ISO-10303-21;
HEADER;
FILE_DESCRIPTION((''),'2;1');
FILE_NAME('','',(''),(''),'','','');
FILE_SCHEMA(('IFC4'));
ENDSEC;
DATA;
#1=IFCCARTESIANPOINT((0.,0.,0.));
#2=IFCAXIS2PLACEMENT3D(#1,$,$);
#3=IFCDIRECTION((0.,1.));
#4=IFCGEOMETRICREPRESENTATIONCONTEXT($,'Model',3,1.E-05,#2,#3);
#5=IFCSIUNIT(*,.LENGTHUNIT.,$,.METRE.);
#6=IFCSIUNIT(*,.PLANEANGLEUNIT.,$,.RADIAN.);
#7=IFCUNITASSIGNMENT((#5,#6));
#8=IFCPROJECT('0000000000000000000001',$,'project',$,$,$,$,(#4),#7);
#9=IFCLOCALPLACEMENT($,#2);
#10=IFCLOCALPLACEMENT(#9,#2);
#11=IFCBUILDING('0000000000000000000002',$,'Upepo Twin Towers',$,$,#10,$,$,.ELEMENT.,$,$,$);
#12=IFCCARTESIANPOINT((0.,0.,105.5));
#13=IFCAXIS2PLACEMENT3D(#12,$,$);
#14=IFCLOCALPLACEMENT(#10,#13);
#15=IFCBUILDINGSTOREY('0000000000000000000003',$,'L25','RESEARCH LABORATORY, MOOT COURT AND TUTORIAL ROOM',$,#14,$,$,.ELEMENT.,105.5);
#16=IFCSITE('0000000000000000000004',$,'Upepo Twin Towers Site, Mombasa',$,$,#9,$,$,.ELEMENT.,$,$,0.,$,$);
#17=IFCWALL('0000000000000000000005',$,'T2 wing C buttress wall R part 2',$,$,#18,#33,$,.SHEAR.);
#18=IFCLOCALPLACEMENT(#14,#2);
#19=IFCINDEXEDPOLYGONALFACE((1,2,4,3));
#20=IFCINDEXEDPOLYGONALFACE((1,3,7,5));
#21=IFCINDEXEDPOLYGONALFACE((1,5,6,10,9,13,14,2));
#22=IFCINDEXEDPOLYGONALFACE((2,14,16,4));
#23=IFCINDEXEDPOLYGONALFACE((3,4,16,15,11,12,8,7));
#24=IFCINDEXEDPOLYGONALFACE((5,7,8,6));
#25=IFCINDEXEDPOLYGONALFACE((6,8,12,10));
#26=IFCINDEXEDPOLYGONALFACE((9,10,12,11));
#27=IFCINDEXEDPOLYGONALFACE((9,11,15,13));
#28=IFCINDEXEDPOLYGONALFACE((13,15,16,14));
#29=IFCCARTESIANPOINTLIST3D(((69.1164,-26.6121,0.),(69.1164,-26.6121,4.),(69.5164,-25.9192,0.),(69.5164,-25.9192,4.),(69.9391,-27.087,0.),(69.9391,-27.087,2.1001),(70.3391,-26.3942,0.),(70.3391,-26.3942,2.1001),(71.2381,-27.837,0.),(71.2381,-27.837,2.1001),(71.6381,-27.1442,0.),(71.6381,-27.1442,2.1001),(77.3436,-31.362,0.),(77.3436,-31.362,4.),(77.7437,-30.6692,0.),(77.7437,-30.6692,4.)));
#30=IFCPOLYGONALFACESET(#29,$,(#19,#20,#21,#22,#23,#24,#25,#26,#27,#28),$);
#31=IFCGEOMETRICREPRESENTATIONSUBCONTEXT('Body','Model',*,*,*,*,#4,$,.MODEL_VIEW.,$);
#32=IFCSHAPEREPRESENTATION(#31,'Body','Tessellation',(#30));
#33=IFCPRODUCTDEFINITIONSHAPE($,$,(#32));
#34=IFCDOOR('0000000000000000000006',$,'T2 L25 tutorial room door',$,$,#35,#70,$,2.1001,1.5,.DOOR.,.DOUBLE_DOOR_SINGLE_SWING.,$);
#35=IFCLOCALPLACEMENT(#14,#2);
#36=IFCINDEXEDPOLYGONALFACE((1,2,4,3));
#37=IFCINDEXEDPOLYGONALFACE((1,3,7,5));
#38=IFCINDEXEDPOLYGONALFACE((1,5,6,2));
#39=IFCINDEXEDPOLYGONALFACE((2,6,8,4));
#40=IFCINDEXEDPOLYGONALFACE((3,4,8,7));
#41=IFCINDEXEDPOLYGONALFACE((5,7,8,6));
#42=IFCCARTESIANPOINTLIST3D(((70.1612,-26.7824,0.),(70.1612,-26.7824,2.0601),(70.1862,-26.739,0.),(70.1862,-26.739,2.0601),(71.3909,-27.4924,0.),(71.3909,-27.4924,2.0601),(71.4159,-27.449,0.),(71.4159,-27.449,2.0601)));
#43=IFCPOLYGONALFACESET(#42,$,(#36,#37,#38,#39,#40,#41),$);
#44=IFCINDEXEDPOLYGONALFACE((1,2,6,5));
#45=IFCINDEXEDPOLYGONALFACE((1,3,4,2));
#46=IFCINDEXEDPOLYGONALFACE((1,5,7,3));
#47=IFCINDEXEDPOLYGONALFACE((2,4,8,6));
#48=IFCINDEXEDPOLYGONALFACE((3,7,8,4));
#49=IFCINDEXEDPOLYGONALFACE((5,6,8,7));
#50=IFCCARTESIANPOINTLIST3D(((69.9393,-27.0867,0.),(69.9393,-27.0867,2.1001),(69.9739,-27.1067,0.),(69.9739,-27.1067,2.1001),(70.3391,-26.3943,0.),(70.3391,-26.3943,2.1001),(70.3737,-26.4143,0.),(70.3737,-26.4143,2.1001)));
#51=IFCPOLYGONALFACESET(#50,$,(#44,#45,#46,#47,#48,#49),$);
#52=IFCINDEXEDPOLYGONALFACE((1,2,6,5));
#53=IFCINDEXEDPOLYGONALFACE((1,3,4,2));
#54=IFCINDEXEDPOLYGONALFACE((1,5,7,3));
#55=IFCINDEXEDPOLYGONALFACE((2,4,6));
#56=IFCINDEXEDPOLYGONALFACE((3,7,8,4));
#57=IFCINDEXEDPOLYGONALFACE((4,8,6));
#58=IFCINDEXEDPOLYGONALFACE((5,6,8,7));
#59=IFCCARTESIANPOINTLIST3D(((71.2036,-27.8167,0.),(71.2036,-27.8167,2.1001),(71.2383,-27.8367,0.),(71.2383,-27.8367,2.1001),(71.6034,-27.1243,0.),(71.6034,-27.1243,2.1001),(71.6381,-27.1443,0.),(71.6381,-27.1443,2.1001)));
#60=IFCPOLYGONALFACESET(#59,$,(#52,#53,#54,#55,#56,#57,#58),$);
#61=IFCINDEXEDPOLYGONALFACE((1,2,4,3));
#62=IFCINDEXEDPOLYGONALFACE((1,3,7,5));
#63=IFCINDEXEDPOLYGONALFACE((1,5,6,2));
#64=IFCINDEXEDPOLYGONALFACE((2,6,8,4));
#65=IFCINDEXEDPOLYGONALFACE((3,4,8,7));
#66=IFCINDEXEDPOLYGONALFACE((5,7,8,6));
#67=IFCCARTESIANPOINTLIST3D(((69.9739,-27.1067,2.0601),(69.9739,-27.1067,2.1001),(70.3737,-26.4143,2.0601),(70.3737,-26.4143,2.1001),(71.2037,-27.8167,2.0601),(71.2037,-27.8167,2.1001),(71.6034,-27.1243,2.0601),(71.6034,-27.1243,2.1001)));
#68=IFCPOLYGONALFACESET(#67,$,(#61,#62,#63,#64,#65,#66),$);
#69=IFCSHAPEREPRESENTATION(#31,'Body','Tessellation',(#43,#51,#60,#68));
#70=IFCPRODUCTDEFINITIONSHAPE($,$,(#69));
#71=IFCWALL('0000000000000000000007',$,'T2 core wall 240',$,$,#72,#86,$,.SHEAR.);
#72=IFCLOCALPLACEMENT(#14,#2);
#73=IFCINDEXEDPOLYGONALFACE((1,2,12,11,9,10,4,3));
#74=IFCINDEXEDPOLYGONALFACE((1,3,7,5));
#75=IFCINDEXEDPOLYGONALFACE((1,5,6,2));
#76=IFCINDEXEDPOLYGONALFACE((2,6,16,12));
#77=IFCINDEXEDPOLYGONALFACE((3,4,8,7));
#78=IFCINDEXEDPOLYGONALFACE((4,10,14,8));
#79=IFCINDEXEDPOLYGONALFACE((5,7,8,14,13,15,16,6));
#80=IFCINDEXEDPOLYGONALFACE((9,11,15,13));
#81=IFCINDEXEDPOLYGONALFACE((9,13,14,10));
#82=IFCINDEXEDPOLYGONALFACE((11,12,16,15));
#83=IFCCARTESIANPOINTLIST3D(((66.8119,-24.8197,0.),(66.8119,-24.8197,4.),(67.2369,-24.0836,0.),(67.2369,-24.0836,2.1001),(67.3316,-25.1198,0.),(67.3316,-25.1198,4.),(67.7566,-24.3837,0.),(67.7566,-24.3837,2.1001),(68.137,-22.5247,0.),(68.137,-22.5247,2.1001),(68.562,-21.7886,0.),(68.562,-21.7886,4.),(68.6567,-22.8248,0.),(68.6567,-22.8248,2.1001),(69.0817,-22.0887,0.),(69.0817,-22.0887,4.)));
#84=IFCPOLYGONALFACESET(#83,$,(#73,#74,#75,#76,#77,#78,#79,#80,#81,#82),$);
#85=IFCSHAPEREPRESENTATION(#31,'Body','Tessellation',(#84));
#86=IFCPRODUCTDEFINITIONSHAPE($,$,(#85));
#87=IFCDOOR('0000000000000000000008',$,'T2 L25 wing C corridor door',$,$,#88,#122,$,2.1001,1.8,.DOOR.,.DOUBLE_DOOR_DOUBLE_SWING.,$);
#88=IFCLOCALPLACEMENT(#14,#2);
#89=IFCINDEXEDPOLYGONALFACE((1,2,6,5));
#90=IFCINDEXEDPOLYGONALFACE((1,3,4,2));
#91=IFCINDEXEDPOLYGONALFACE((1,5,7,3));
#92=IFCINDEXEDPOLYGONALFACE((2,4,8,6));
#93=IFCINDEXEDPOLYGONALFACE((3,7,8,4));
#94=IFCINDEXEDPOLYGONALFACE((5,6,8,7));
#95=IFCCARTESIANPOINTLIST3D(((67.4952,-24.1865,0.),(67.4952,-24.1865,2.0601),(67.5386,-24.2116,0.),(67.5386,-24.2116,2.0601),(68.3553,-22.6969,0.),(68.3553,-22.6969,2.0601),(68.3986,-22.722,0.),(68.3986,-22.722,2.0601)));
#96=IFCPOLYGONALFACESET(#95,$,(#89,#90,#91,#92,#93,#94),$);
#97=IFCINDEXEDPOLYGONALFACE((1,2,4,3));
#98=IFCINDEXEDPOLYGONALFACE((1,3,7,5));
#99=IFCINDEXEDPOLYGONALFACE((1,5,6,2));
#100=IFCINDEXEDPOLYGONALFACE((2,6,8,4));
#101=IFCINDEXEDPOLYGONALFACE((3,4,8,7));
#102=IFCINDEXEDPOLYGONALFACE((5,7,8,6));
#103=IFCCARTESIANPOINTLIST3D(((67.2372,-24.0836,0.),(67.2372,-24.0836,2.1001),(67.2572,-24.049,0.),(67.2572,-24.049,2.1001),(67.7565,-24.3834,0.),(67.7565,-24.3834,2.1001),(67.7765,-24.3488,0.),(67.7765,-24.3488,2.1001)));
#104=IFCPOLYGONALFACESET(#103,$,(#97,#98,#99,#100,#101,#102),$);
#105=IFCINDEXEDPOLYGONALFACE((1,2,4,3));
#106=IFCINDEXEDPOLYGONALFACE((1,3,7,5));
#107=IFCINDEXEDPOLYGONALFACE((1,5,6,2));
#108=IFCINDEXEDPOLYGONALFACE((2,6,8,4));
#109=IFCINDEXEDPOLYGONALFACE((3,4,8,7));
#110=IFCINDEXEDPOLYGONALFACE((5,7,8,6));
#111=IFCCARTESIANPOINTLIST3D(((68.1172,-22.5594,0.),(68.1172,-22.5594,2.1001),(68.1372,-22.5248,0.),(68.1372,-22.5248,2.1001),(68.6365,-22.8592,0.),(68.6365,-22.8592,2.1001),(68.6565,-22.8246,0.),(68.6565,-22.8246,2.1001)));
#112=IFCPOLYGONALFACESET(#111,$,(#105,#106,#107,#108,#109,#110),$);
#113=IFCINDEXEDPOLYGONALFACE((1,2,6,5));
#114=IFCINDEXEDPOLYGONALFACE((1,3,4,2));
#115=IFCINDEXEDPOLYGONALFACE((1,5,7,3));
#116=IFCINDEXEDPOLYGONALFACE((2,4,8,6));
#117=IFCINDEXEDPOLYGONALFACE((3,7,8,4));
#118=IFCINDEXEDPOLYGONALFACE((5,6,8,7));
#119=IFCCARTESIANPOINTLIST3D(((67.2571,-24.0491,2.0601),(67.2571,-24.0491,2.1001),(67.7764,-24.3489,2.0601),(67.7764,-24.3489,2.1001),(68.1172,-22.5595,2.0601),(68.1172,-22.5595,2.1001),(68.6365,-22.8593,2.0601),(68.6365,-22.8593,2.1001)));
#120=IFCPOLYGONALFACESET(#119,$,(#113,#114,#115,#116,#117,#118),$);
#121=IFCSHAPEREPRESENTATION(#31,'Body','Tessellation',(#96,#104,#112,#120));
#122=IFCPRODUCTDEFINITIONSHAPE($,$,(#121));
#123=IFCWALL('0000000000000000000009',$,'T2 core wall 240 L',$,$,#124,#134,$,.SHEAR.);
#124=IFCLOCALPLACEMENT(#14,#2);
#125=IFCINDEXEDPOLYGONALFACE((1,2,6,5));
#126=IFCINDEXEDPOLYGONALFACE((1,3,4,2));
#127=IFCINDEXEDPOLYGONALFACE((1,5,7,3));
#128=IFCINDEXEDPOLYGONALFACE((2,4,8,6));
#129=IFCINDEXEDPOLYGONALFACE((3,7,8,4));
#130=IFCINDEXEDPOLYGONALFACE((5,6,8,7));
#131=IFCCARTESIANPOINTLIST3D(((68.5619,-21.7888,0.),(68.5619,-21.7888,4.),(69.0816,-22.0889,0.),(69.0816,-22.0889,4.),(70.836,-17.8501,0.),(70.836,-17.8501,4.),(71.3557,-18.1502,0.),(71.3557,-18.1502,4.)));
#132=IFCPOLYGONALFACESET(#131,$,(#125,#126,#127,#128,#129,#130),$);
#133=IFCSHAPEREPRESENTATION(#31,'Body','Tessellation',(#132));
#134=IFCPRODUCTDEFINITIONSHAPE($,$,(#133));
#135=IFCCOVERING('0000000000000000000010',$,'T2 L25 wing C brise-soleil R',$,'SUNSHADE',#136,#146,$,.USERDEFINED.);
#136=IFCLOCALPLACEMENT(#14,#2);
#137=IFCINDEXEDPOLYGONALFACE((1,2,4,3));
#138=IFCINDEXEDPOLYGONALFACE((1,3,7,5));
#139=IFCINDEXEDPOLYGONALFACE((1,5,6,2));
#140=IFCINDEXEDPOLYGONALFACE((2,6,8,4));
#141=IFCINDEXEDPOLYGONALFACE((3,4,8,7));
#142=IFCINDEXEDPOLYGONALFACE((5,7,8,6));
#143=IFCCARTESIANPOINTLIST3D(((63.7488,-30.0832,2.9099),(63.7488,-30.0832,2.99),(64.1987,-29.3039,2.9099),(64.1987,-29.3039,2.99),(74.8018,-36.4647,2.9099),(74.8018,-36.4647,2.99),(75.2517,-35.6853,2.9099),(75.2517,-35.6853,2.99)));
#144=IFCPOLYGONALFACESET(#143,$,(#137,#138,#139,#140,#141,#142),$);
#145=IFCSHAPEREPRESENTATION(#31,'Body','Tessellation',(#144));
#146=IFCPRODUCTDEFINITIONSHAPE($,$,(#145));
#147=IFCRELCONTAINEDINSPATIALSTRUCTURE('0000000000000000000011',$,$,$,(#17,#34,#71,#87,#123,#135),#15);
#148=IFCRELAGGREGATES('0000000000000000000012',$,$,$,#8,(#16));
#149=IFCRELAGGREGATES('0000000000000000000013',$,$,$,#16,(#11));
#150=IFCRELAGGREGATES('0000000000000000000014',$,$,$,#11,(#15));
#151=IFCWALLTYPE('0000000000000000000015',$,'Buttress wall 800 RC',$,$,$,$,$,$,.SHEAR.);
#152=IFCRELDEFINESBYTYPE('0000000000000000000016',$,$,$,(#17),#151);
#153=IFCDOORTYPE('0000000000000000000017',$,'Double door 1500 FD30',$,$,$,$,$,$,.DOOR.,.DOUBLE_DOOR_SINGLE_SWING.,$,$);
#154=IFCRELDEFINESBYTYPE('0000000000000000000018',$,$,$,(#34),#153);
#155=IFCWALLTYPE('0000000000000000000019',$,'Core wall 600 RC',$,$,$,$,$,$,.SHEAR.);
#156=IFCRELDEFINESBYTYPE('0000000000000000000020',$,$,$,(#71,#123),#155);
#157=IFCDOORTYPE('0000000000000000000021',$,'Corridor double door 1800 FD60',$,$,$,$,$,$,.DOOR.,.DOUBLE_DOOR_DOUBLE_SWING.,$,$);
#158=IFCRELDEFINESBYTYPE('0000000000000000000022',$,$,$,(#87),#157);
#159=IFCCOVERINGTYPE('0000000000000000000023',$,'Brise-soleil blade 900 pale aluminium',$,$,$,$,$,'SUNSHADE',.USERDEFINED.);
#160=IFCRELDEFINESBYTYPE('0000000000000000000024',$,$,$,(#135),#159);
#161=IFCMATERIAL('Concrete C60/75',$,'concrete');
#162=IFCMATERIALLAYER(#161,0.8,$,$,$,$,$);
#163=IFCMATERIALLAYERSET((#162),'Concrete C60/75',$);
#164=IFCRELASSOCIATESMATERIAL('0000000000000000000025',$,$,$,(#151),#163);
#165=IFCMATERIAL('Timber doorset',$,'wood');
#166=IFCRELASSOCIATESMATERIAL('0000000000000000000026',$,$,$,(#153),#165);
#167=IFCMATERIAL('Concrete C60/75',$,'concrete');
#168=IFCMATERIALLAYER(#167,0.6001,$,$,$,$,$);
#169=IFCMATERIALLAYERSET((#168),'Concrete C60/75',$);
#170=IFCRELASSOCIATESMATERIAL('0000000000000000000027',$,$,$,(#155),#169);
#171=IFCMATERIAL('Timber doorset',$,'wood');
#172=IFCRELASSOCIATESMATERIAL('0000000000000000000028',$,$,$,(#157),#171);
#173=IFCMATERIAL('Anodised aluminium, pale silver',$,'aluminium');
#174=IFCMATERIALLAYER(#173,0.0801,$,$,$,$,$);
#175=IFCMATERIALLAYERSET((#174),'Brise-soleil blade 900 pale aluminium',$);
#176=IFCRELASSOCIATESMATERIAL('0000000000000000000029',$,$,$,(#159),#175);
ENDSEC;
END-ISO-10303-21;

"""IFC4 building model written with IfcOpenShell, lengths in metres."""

from ifc_helpers import new_model, si_unit, direction, frame, frame_2d, origin, origin_2d, place, context, subcontext, project, spatial, rectangle, extrude, material, layer, layer_set, type_object, element, fill, save


model = new_model("IFC4")

# Units and contexts
model_context = context("Model", 3, precision=1e-05, world=origin(), true_north=direction((0.0, 1.0)))
body_context = subcontext(model_context, "Body", "Model", "MODEL_VIEW")
ifc_project = project(units=[si_unit("LENGTHUNIT", "METRE"), si_unit("PLANEANGLEUNIT", "RADIAN")], contexts=[model_context])

# Site, building, storey
site_placement = place(None, origin())
site = spatial("IfcSite", under=ifc_project, at=site_placement, Name="Upepo Twin Towers Site, Mombasa", CompositionType="ELEMENT", RefElevation=0.0)
building_placement = place(site_placement, origin())
building = spatial("IfcBuilding", under=site, at=building_placement, Name="Upepo Twin Towers", CompositionType="ELEMENT")
storey_placement = place(building_placement, frame((0.0, 0.0, 105.5)))
storey = spatial("IfcBuildingStorey", under=building, at=storey_placement, Name="L25", Description="RESEARCH LABORATORY, MOOT COURT AND TUTORIAL ROOM", CompositionType="ELEMENT", Elevation=105.5)

# Walls, openings, doors
ifc_material_1 = material(Name="Concrete C60/75", Category="concrete")
ifc_layer_1 = layer(ifc_material_1, 0.8)
ifc_layer_set_1 = layer_set([ifc_layer_1], Name="Concrete C60/75")
wall_type_1 = type_object("IfcWallType", Name="Buttress wall 800 RC", PredefinedType="SHEAR", material=ifc_layer_set_1)
ifc_material_2 = material(Name="Timber doorset", Category="wood")
door_type_1 = type_object("IfcDoorType", Name="Double door 1500 FD30", OperationType="DOUBLE_DOOR_SINGLE_SWING", PredefinedType="DOOR", material=ifc_material_2)
wall_1_placement = place(storey_placement, frame((69.3164, -26.2656, 0.0), z_axis=(0.0, 0.0, 1.0), x_axis=(0.866027, -0.499998, 0.0)))
wall_1 = element("IfcWall", 1, at=wall_1_placement, inside=storey, type_object=wall_type_1, Name="T2 wing C buttress wall R part 2", PredefinedType="SHEAR", context=body_context, shape_type="SweptSolid", body=[
    extrude(rectangle(XDim=9.5, YDim=0.8, at=frame_2d((4.75, 0.0))), origin(), (0.0, 0.0, 1.0), 4.0),
])
opening_1_placement = place(wall_1_placement, frame((0.95, 0.0, 0.0)))
opening_1 = element("IfcOpeningElement", 2, at=opening_1_placement, cuts=wall_1, PredefinedType="OPENING", context=body_context, shape_type="SweptSolid", body=[
    extrude(rectangle(XDim=1.5, YDim=2.1001, at=frame_2d((0.75, 1.05))), frame((0.0, 0.4099, 0.0), z_axis=(0.0, -1.0, 0.0), x_axis=(1.0, 0.0, 0.0)), (0.0, 0.0, 1.0), 0.8201),
])
door_1_placement = place(opening_1_placement, origin())
door_1 = element("IfcDoor", 3, at=door_1_placement, inside=storey, type_object=door_type_1, Name="T2 L25 tutorial room door", OperationType="DOUBLE_DOOR_SINGLE_SWING", OverallHeight=2.1001, OverallWidth=1.5, PredefinedType="DOOR", context=body_context, shape_type="SweptSolid", body=[
    extrude(rectangle(XDim=1.42, YDim=2.0601, at=frame_2d((0.75, 1.03))), frame((0.0, 0.0249, 0.0), z_axis=(0.0, -1.0, 0.0), x_axis=(1.0, 0.0, 0.0)), (0.0, 0.0, 1.0), 0.05),
    extrude(rectangle(XDim=0.04, YDim=2.1001, at=frame_2d((0.02, 1.05))), frame((0.0, 0.3999, 0.0), z_axis=(0.0, -1.0, 0.0), x_axis=(1.0, 0.0, 0.0)), (0.0, 0.0, 1.0), 0.7996),
    extrude(rectangle(XDim=0.04, YDim=2.1001, at=frame_2d((1.48, 1.05))), frame((0.0, 0.3999, 0.0), z_axis=(0.0, -1.0, 0.0), x_axis=(1.0, 0.0, 0.0)), (0.0, 0.0, 1.0), 0.7996),
    extrude(rectangle(XDim=1.42, YDim=0.04, at=frame_2d((0.75, 2.0801))), frame((0.0, 0.3999, 0.0), z_axis=(0.0, -1.0, 0.0), x_axis=(1.0, 0.0, 0.0)), (0.0, 0.0, 1.0), 0.7996),
])
fill(opening_1, door_1)
ifc_material_3 = material(Name="Concrete C60/75", Category="concrete")
ifc_layer_2 = layer(ifc_material_3, 0.6001)
ifc_layer_set_2 = layer_set([ifc_layer_2], Name="Concrete C60/75")
wall_type_2 = type_object("IfcWallType", Name="Core wall 600 RC", PredefinedType="SHEAR", material=ifc_layer_set_2)
wall_2_placement = place(storey_placement, frame((67.0718, -24.9697, 0.0), z_axis=(0.0, 0.0, 1.0), x_axis=(0.50001, 0.866019, 0.0)))
wall_2 = element("IfcWall", 4, at=wall_2_placement, inside=storey, type_object=wall_type_2, Name="T2 core wall 240", PredefinedType="SHEAR", context=body_context, shape_type="SweptSolid", body=[
    extrude(rectangle(XDim=3.5, YDim=0.6001, at=frame_2d((1.75, 0.0))), origin(), (0.0, 0.0, 1.0), 4.0),
])
opening_2_placement = place(wall_2_placement, frame((0.8501, 0.0, 0.0)))
opening_2 = element("IfcOpeningElement", 5, at=opening_2_placement, cuts=wall_2, PredefinedType="OPENING", context=body_context, shape_type="SweptSolid", body=[
    extrude(rectangle(XDim=1.8, YDim=2.1001, at=frame_2d((0.8999, 1.05))), frame((0.0, 0.3101, 0.0), z_axis=(0.0, -1.0, 0.0), x_axis=(1.0, 0.0, 0.0)), (0.0, 0.0, 1.0), 0.6201),
])
ifc_material_4 = material(Name="Timber doorset", Category="wood")
door_type_2 = type_object("IfcDoorType", Name="Corridor double door 1800 FD60", OperationType="DOUBLE_DOOR_DOUBLE_SWING", PredefinedType="DOOR", material=ifc_material_4)
door_2_placement = place(opening_2_placement, origin())
door_2 = element("IfcDoor", 6, at=door_2_placement, inside=storey, type_object=door_type_2, Name="T2 L25 wing C corridor door", OperationType="DOUBLE_DOOR_DOUBLE_SWING", OverallHeight=2.1001, OverallWidth=1.8, PredefinedType="DOOR", context=body_context, shape_type="SweptSolid", body=[
    extrude(rectangle(XDim=1.72, YDim=2.0601, at=frame_2d((0.8999, 1.03))), frame((0.0, 0.0249, 0.0), z_axis=(0.0, -1.0, 0.0), x_axis=(1.0, 0.0, 0.0)), (0.0, 0.0, 1.0), 0.05),
    extrude(rectangle(XDim=0.04, YDim=2.1001, at=frame_2d((0.02, 1.05))), frame((0.0, 0.2998, 0.0), z_axis=(0.0, -1.0, 0.0), x_axis=(1.0, 0.0, 0.0)), (0.0, 0.0, 1.0), 0.5996),
    extrude(rectangle(XDim=0.04, YDim=2.1001, at=frame_2d((1.78, 1.05))), frame((0.0, 0.2998, 0.0), z_axis=(0.0, -1.0, 0.0), x_axis=(1.0, 0.0, 0.0)), (0.0, 0.0, 1.0), 0.5996),
    extrude(rectangle(XDim=1.72, YDim=0.04, at=frame_2d((0.8999, 2.0801))), frame((0.0, 0.2998, 0.0), z_axis=(0.0, -1.0, 0.0), x_axis=(1.0, 0.0, 0.0)), (0.0, 0.0, 1.0), 0.5996),
])
fill(opening_2, door_2)

# Wall
wall_3_placement = place(storey_placement, frame((68.8218, -21.9387, 0.0), z_axis=(0.0, 0.0, 1.0), x_axis=(0.500024, 0.866011, 0.0)))
element("IfcWall", 7, at=wall_3_placement, inside=storey, type_object=wall_type_2, Name="T2 core wall 240 L", PredefinedType="SHEAR", context=body_context, shape_type="SweptSolid", body=[
    extrude(rectangle(XDim=4.5481, YDim=0.6001, at=frame_2d((2.2739, 0.0))), origin(), (0.0, 0.0, 1.0), 4.0),
])

# Covering
ifc_material_5 = material(Name="Anodised aluminium, pale silver", Category="aluminium")
ifc_layer_3 = layer(ifc_material_5, 0.0801)
ifc_layer_set_3 = layer_set([ifc_layer_3], Name="Brise-soleil blade 900 pale aluminium")
covering_type = type_object("IfcCoveringType", Name="Brise-soleil blade 900 pale aluminium", ElementType="SUNSHADE", PredefinedType="USERDEFINED", material=ifc_layer_set_3)
covering_placement = place(storey_placement, frame((69.5002, -32.8843, 2.9099), z_axis=(0.0, 0.0, 1.0), x_axis=(0.866025, -0.5, 0.0)))
element("IfcCovering", 8, at=covering_placement, inside=storey, type_object=covering_type, Name="T2 L25 wing C brise-soleil R", ObjectType="SUNSHADE", PredefinedType="USERDEFINED", context=body_context, shape_type="SweptSolid", body=[
    extrude(rectangle(XDim=12.7629, YDim=0.8999, at=origin_2d()), origin(), (0.0, 0.0, 1.0), 0.0801),
])

save(model, "model.ifc")
